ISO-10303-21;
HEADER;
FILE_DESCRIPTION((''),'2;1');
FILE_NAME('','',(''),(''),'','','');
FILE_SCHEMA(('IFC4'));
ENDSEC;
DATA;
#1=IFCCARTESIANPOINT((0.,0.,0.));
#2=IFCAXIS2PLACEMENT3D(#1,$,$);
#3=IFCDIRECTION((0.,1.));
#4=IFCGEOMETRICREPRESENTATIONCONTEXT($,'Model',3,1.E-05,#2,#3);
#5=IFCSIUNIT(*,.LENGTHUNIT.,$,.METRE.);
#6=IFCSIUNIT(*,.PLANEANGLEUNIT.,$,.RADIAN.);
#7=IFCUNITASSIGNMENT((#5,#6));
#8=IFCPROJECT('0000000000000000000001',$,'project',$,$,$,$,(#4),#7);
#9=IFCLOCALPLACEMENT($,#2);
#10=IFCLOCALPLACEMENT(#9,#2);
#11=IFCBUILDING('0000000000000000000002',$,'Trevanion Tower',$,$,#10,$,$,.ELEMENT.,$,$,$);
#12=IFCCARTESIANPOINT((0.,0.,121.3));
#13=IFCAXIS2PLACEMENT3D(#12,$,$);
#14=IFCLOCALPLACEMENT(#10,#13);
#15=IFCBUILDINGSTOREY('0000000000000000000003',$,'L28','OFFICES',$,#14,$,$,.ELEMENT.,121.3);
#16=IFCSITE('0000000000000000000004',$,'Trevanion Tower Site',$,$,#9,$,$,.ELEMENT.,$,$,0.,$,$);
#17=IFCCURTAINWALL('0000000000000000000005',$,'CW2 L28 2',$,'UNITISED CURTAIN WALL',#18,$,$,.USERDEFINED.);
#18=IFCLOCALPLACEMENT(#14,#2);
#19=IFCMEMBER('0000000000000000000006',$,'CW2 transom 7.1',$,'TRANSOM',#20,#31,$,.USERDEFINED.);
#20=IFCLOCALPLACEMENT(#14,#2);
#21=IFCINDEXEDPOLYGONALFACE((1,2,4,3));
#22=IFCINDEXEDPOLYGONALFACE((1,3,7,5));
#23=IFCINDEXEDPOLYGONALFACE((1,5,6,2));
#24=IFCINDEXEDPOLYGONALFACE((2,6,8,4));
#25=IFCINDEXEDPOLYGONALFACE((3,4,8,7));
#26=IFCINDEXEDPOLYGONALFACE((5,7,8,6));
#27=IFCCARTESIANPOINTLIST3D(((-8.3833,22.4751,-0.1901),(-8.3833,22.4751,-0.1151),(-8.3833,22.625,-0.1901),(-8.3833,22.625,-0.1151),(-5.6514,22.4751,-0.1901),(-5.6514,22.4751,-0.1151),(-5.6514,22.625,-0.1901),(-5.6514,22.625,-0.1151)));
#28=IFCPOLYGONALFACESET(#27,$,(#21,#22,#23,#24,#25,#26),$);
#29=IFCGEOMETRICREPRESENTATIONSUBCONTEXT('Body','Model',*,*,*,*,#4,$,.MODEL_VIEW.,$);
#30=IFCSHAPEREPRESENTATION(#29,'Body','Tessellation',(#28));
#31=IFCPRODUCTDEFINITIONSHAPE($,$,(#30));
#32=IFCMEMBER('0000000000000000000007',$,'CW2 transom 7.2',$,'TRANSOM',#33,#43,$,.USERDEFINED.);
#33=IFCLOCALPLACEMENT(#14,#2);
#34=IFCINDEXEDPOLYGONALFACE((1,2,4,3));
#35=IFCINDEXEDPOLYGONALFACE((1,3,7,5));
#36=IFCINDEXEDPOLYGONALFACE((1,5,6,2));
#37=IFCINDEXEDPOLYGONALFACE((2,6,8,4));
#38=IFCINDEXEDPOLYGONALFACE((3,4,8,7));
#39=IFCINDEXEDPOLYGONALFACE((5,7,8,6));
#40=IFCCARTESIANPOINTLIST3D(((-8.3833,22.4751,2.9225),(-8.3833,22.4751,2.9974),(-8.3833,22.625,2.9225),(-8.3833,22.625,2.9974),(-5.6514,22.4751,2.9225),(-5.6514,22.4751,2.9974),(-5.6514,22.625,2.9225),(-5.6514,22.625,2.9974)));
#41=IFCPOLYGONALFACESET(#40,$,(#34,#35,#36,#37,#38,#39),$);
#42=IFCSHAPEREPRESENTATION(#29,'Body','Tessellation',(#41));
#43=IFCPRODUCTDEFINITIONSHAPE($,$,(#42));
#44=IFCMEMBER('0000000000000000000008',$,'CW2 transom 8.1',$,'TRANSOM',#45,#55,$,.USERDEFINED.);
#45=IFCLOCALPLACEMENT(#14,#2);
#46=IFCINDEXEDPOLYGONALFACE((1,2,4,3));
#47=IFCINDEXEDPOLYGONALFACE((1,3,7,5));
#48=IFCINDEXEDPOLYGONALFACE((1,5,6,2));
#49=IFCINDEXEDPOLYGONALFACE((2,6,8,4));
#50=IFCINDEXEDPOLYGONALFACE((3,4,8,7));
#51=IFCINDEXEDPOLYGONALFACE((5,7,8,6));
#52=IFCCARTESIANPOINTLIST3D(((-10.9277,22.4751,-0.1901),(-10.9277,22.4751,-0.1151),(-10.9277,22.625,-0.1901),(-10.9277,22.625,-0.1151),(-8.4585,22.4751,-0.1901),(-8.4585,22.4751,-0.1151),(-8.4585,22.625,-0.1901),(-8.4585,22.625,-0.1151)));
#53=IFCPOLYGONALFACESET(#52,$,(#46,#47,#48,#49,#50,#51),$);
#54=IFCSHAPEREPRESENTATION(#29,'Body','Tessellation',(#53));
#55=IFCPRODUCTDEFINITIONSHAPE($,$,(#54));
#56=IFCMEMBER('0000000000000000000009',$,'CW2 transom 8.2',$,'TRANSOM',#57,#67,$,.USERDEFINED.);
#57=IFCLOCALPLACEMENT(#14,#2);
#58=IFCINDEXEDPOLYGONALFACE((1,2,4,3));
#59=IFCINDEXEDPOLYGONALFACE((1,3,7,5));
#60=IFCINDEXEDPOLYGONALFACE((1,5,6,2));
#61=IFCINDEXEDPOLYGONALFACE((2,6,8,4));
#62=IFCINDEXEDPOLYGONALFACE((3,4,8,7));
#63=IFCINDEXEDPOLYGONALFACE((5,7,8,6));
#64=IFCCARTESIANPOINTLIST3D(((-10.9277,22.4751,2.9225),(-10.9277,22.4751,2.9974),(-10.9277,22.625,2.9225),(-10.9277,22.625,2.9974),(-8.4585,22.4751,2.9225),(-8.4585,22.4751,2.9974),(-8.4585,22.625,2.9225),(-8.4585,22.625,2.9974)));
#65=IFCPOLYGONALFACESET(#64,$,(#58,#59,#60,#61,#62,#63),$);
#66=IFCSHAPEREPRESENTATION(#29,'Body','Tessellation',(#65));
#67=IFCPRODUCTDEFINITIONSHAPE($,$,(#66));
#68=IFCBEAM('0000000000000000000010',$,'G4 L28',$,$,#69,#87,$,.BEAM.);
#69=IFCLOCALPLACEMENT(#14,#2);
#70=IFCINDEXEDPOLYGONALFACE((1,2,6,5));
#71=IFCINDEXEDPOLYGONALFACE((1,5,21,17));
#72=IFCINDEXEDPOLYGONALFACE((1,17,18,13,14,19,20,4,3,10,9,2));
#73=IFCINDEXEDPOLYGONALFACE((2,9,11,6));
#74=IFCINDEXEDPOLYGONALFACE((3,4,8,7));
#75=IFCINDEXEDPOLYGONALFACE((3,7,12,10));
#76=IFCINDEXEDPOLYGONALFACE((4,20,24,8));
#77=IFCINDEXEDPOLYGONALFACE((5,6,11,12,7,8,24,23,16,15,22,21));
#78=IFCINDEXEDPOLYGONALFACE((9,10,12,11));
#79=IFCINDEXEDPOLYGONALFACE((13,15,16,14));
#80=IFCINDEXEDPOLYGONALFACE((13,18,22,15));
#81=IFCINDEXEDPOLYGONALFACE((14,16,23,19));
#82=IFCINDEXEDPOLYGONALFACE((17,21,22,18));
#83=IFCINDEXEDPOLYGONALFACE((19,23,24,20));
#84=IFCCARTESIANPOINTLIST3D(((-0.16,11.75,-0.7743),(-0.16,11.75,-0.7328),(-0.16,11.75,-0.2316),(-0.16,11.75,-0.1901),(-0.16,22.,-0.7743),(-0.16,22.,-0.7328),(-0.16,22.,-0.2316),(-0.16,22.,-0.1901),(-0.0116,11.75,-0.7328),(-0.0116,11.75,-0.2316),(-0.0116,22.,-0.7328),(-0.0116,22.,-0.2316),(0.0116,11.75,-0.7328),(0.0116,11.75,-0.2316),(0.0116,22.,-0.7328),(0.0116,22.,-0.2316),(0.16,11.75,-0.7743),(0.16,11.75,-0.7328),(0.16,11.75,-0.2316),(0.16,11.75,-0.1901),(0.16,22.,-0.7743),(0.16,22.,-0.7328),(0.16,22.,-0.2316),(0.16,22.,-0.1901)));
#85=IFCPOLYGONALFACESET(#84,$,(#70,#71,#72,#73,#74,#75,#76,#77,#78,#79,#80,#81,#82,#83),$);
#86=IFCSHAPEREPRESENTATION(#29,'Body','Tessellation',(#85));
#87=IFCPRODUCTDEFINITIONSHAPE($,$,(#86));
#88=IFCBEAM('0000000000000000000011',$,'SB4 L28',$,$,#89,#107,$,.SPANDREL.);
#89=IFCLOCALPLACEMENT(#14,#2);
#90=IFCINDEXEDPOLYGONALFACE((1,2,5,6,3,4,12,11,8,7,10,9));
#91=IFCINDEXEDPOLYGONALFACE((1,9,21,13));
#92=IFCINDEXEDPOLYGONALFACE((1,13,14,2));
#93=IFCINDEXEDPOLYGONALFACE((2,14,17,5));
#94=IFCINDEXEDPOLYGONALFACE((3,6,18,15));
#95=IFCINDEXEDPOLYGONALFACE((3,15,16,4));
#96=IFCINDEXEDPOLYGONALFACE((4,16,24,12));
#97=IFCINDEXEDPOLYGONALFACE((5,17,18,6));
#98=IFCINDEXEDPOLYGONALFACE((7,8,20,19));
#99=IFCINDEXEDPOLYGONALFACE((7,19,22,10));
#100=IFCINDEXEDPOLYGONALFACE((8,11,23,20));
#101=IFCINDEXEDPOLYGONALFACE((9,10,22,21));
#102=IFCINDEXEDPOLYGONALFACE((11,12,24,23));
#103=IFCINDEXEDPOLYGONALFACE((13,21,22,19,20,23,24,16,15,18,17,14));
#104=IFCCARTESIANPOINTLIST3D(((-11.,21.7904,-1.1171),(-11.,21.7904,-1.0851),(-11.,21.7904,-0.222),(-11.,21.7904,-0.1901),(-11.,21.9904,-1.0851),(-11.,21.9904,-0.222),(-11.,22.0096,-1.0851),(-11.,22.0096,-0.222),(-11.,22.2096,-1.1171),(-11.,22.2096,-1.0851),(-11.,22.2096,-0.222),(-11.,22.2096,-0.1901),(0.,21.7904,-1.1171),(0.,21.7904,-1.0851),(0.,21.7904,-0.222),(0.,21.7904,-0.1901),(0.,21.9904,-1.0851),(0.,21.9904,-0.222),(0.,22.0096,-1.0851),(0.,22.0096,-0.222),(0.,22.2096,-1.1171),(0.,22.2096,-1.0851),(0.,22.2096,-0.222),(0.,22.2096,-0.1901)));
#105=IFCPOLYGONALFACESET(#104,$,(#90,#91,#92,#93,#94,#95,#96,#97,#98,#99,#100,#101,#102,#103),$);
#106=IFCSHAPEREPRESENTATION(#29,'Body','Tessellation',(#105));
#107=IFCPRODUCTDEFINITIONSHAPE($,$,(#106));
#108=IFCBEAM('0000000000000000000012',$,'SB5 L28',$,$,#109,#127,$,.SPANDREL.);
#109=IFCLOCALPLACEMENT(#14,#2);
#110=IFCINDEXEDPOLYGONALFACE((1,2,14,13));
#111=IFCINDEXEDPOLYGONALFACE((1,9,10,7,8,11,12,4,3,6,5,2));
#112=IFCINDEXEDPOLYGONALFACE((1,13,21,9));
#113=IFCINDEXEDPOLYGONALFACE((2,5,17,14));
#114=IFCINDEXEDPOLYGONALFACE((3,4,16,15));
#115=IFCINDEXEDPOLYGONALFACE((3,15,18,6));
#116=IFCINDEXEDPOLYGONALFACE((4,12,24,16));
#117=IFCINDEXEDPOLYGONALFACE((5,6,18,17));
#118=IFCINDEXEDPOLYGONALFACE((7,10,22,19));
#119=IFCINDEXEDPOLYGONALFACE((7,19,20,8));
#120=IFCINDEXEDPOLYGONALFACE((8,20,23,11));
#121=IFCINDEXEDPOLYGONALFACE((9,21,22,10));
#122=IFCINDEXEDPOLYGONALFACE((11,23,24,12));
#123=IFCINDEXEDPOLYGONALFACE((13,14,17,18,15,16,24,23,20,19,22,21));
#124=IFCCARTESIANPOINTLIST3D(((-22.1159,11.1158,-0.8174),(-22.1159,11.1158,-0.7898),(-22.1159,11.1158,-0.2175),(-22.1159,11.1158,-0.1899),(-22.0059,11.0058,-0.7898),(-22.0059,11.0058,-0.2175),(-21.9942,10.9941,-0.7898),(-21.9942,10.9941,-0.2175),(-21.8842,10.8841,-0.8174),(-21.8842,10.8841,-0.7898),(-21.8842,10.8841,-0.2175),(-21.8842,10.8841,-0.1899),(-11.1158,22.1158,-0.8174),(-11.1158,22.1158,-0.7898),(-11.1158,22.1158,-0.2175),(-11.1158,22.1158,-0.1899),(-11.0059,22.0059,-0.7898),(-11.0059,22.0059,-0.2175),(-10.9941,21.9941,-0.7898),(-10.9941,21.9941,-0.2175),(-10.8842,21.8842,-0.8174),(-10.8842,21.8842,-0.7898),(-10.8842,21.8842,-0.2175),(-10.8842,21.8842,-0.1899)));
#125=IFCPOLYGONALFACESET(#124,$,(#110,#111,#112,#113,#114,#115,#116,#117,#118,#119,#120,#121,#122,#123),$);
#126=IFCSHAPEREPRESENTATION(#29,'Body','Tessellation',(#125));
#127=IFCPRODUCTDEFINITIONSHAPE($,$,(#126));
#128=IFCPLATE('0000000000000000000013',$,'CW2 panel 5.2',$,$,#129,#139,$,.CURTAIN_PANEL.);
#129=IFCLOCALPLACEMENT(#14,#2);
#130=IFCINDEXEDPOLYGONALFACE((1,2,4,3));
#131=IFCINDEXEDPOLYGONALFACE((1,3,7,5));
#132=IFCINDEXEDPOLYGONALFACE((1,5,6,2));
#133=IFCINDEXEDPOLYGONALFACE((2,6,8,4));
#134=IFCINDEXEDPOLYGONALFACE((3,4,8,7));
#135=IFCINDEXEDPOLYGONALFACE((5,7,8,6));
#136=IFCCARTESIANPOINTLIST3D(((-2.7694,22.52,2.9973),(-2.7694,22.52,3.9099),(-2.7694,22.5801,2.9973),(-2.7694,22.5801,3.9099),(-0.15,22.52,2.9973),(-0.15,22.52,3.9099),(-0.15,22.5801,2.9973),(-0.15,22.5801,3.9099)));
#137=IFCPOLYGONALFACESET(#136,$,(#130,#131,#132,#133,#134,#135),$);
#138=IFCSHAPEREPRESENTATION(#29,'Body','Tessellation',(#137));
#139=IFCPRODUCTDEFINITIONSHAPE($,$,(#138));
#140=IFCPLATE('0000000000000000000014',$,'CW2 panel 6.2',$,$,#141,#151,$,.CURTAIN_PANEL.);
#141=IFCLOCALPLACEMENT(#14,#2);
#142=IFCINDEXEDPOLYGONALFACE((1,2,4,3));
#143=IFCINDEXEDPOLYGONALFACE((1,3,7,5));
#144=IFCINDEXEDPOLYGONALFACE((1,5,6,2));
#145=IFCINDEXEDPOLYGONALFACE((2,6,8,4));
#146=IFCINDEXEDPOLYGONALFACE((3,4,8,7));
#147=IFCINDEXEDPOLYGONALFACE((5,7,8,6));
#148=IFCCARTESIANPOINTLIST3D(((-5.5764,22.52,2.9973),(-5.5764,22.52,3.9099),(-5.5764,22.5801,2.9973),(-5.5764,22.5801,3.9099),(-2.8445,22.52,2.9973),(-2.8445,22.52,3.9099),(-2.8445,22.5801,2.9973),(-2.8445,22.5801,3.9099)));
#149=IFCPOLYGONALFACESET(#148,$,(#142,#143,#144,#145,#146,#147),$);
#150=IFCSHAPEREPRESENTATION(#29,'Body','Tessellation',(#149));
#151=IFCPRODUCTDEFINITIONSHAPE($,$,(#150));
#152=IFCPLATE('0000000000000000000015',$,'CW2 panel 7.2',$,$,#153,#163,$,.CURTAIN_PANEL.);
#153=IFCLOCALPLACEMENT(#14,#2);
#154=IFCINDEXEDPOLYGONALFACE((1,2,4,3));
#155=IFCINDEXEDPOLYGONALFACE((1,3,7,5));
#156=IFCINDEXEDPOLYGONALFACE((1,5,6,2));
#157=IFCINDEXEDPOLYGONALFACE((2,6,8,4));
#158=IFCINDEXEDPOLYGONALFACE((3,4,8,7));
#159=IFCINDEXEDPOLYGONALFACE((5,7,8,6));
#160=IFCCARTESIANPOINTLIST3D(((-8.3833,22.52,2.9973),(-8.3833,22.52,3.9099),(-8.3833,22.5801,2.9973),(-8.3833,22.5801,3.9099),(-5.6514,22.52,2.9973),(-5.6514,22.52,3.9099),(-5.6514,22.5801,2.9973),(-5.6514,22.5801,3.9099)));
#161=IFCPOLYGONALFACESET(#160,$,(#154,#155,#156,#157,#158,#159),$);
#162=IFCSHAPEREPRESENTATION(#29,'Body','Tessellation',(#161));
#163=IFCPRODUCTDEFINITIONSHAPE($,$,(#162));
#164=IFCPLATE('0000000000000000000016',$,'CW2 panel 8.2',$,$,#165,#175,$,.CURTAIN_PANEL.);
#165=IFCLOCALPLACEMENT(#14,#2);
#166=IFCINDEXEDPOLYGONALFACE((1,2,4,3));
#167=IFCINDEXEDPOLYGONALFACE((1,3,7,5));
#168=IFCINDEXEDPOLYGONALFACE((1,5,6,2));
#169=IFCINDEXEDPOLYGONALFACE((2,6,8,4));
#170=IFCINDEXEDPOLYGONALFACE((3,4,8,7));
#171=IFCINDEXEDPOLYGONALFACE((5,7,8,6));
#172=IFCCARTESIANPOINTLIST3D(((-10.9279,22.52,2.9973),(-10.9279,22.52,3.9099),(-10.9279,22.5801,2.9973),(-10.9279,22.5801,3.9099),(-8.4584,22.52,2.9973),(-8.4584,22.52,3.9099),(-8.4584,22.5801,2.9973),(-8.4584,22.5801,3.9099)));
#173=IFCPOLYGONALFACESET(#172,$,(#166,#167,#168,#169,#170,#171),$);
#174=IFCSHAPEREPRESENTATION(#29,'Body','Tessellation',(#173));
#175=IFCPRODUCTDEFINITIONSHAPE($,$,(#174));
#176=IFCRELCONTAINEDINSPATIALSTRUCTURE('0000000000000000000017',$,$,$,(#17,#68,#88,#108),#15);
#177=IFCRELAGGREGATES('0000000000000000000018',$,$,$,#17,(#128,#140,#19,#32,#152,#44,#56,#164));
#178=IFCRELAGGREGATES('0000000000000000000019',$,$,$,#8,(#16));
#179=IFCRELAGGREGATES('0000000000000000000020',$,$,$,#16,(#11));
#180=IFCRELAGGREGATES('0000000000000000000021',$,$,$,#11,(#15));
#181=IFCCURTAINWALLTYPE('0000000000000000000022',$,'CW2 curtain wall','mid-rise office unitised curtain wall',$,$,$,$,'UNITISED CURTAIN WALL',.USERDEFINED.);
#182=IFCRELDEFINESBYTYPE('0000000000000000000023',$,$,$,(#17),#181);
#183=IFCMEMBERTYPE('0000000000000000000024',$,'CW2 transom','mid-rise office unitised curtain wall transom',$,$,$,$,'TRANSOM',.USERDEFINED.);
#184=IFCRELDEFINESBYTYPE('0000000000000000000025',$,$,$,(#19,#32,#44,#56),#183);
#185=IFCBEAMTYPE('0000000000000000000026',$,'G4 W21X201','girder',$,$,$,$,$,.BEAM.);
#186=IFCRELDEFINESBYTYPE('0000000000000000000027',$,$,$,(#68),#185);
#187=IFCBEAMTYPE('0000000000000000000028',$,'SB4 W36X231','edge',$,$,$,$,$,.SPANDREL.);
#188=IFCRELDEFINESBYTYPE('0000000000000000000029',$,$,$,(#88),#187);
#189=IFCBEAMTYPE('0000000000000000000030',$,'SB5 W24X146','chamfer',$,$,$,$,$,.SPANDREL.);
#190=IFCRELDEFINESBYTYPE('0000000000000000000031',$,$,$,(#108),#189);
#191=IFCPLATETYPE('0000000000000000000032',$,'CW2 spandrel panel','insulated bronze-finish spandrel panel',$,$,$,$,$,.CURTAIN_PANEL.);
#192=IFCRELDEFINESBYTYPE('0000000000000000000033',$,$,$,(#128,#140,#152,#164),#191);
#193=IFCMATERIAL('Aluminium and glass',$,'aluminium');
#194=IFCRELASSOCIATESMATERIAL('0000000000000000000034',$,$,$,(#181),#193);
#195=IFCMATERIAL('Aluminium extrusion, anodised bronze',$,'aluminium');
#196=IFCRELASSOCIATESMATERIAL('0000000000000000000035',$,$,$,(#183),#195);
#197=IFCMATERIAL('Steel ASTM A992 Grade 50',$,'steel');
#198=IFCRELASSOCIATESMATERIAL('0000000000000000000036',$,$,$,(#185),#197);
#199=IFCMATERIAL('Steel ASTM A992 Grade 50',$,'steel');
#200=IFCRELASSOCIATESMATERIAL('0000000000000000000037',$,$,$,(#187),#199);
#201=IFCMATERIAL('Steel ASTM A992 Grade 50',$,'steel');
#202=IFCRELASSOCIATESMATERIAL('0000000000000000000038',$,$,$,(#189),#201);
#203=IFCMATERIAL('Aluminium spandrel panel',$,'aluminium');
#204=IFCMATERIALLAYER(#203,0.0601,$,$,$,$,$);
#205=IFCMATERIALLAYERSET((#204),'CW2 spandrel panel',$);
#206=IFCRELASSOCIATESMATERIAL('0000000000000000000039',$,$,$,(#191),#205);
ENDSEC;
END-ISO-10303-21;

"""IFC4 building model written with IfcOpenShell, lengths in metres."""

from ifc_helpers import new_model, si_unit, direction, frame, origin, origin_2d, place, context, subcontext, project, spatial, rectangle, i_section, extrude, material, layer, layer_set, material_profile, profile_set, type_object, element, aggregate, save


model = new_model("IFC4")

# Units and contexts
model_context = context("Model", 3, precision=1e-05, world=origin(), true_north=direction((0.0, 1.0)))
body_context = subcontext(model_context, "Body", "Model", "MODEL_VIEW")
ifc_project = project(units=[si_unit("LENGTHUNIT", "METRE"), si_unit("PLANEANGLEUNIT", "RADIAN")], contexts=[model_context])

# Site, building, storey
site_placement = place(None, origin())
site = spatial("IfcSite", under=ifc_project, at=site_placement, Name="Trevanion Tower Site", CompositionType="ELEMENT", RefElevation=0.0)
building_placement = place(site_placement, origin())
building = spatial("IfcBuilding", under=site, at=building_placement, Name="Trevanion Tower", CompositionType="ELEMENT")
storey_placement = place(building_placement, frame((0.0, 0.0, 121.3)))
storey = spatial("IfcBuildingStorey", under=building, at=storey_placement, Name="L28", Description="OFFICES", CompositionType="ELEMENT", Elevation=121.3)

# Curtain wall
ifc_material_1 = material(Name="Aluminium and glass", Category="aluminium")
curtain_wall_type = type_object("IfcCurtainWallType", Name="CW2 curtain wall", Description="mid-rise office unitised curtain wall", ElementType="UNITISED CURTAIN WALL", PredefinedType="USERDEFINED", material=ifc_material_1)
curtain_wall_1_placement = place(storey_placement, origin())
curtain_wall_1 = element("IfcCurtainWall", 1, at=curtain_wall_1_placement, inside=storey, type_object=curtain_wall_type, Name="CW2 L28 2", ObjectType="UNITISED CURTAIN WALL", PredefinedType="USERDEFINED")

# Members
ifc_material_2 = material(Name="Aluminium extrusion, anodised bronze", Category="aluminium")
ifc_material_profile_1 = material_profile(ifc_material_2, rectangle(XDim=0.1499, YDim=0.075, at=origin_2d()), Name="CW2 transom")
ifc_profile_set_1 = profile_set([ifc_material_profile_1], Name="Aluminium extrusion, anodised bronze")
member_type_1 = type_object("IfcMemberType", Name="CW2 transom", Description="mid-rise office unitised curtain wall transom", ElementType="TRANSOM", PredefinedType="USERDEFINED", material=ifc_profile_set_1)
member_1_placement = place(storey_placement, frame((-5.6514, 22.55, -0.1526), z_axis=(-1.0, 0.0, 0.0), x_axis=(0.0, -1.0, 0.0)))
member_1 = element("IfcMember", 2, at=member_1_placement, type_object=member_type_1, Name="CW2 transom 7.1", ObjectType="TRANSOM", PredefinedType="USERDEFINED", context=body_context, shape_type="SweptSolid", body=[
    extrude(rectangle(XDim=0.1499, YDim=0.075, at=origin_2d()), origin(), (0.0, 0.0, 1.0), 2.7319),
])
member_2_placement = place(storey_placement, frame((-5.6514, 22.55, 2.96), z_axis=(-1.0, 0.0, 0.0), x_axis=(0.0, -1.0, 0.0)))
member_2 = element("IfcMember", 3, at=member_2_placement, type_object=member_type_1, Name="CW2 transom 7.2", ObjectType="TRANSOM", PredefinedType="USERDEFINED", context=body_context, shape_type="SweptSolid", body=[
    extrude(rectangle(XDim=0.1499, YDim=0.075, at=origin_2d()), origin(), (0.0, 0.0, 1.0), 2.7319),
])
member_3_placement = place(storey_placement, frame((-8.4585, 22.55, -0.1526), z_axis=(-1.0, 0.0, 0.0), x_axis=(0.0, -1.0, 0.0)))
member_3 = element("IfcMember", 4, at=member_3_placement, type_object=member_type_1, Name="CW2 transom 8.1", ObjectType="TRANSOM", PredefinedType="USERDEFINED", context=body_context, shape_type="SweptSolid", body=[
    extrude(rectangle(XDim=0.1499, YDim=0.075, at=origin_2d()), origin(), (0.0, 0.0, 1.0), 2.4692),
])
member_4_placement = place(storey_placement, frame((-8.4585, 22.55, 2.96), z_axis=(-1.0, 0.0, 0.0), x_axis=(0.0, -1.0, 0.0)))
member_4 = element("IfcMember", 5, at=member_4_placement, type_object=member_type_1, Name="CW2 transom 8.2", ObjectType="TRANSOM", PredefinedType="USERDEFINED", context=body_context, shape_type="SweptSolid", body=[
    extrude(rectangle(XDim=0.1499, YDim=0.075, at=origin_2d()), origin(), (0.0, 0.0, 1.0), 2.4692),
])

# Beams
ifc_material_3 = material(Name="Steel ASTM A992 Grade 50", Category="steel")
ifc_material_profile_2 = material_profile(ifc_material_3, i_section(OverallWidth=0.3201, OverallDepth=0.5842, WebThickness=0.0232, FlangeThickness=0.0415, at=origin_2d()), Name="W21X201")
ifc_profile_set_2 = profile_set([ifc_material_profile_2], Name="Steel ASTM A992 Grade 50")
beam_type_1 = type_object("IfcBeamType", Name="G4 W21X201", Description="girder", PredefinedType="BEAM", material=ifc_profile_set_2)
beam_1_placement = place(storey_placement, frame((0.0, 11.75, -0.4822), z_axis=(0.0, 1.0, 0.0), x_axis=(-1.0, 0.0, 0.0)))
element("IfcBeam", 6, at=beam_1_placement, inside=storey, type_object=beam_type_1, Name="G4 L28", PredefinedType="BEAM", context=body_context, shape_type="SweptSolid", body=[
    extrude(i_section(OverallWidth=0.3201, OverallDepth=0.5842, WebThickness=0.0232, FlangeThickness=0.0415, at=origin_2d()), origin(), (0.0, 0.0, 1.0), 10.25),
])
ifc_material_4 = material(Name="Steel ASTM A992 Grade 50", Category="steel")
ifc_material_profile_3 = material_profile(ifc_material_4, i_section(OverallWidth=0.4192, OverallDepth=0.927, WebThickness=0.0193, FlangeThickness=0.032, at=origin_2d()), Name="W36X231")
ifc_profile_set_3 = profile_set([ifc_material_profile_3], Name="Steel ASTM A992 Grade 50")
beam_type_2 = type_object("IfcBeamType", Name="SB4 W36X231", Description="edge", PredefinedType="SPANDREL", material=ifc_profile_set_3)
beam_2_placement = place(storey_placement, frame((0.0, 22.0, -0.6536), z_axis=(-1.0, 0.0, 0.0), x_axis=(0.0, -1.0, 0.0)))
element("IfcBeam", 7, at=beam_2_placement, inside=storey, type_object=beam_type_2, Name="SB4 L28", PredefinedType="SPANDREL", context=body_context, shape_type="SweptSolid", body=[
    extrude(i_section(OverallWidth=0.4192, OverallDepth=0.927, WebThickness=0.0193, FlangeThickness=0.032, at=origin_2d()), origin(), (0.0, 0.0, 1.0), 11.0),
])
ifc_material_5 = material(Name="Steel ASTM A992 Grade 50", Category="steel")
ifc_material_profile_4 = material_profile(ifc_material_5, i_section(OverallWidth=0.3276, OverallDepth=0.6274, WebThickness=0.0166, FlangeThickness=0.0276, at=origin_2d()), Name="W24X146")
ifc_profile_set_4 = profile_set([ifc_material_profile_4], Name="Steel ASTM A992 Grade 50")
beam_type_3 = type_object("IfcBeamType", Name="SB5 W24X146", Description="chamfer", PredefinedType="SPANDREL", material=ifc_profile_set_4)
beam_3_placement = place(storey_placement, frame((-11.0, 22.0, -0.5037), z_axis=(-0.707107, -0.707107, 0.0), x_axis=(0.707107, -0.707107, 0.0)))
element("IfcBeam", 8, at=beam_3_placement, inside=storey, type_object=beam_type_3, Name="SB5 L28", PredefinedType="SPANDREL", context=body_context, shape_type="SweptSolid", body=[
    extrude(i_section(OverallWidth=0.3276, OverallDepth=0.6274, WebThickness=0.0166, FlangeThickness=0.0276, at=origin_2d()), origin(), (0.0, 0.0, 1.0), 15.5564),
])

# Plates
ifc_material_6 = material(Name="Aluminium spandrel panel", Category="aluminium")
ifc_layer_1 = layer(ifc_material_6, 0.0601)
ifc_layer_set_1 = layer_set([ifc_layer_1], Name="CW2 spandrel panel")
plate_type_1 = type_object("IfcPlateType", Name="CW2 spandrel panel", Description="insulated bronze-finish spandrel panel", PredefinedType="CURTAIN_PANEL", material=ifc_layer_set_1)
plate_1_placement = place(storey_placement, frame((-1.4597, 22.55, 2.9973), z_axis=(0.0, 0.0, 1.0), x_axis=(-1.0, 0.0, 0.0)))
plate_1 = element("IfcPlate", 9, at=plate_1_placement, type_object=plate_type_1, Name="CW2 panel 5.2", PredefinedType="CURTAIN_PANEL", context=body_context, shape_type="SweptSolid", body=[
    extrude(rectangle(XDim=2.6194, YDim=0.0601, at=origin_2d()), origin(), (0.0, 0.0, 1.0), 0.9126),
])
plate_2_placement = place(storey_placement, frame((-4.2104, 22.55, 2.9973), z_axis=(0.0, 0.0, 1.0), x_axis=(-1.0, 0.0, 0.0)))
plate_2 = element("IfcPlate", 10, at=plate_2_placement, type_object=plate_type_1, Name="CW2 panel 6.2", PredefinedType="CURTAIN_PANEL", context=body_context, shape_type="SweptSolid", body=[
    extrude(rectangle(XDim=2.7319, YDim=0.0601, at=origin_2d()), origin(), (0.0, 0.0, 1.0), 0.9126),
])
plate_3_placement = place(storey_placement, frame((-7.0173, 22.55, 2.9973), z_axis=(0.0, 0.0, 1.0), x_axis=(-1.0, 0.0, 0.0)))
plate_3 = element("IfcPlate", 11, at=plate_3_placement, type_object=plate_type_1, Name="CW2 panel 7.2", PredefinedType="CURTAIN_PANEL", context=body_context, shape_type="SweptSolid", body=[
    extrude(rectangle(XDim=2.7319, YDim=0.0601, at=origin_2d()), origin(), (0.0, 0.0, 1.0), 0.9126),
])
plate_4_placement = place(storey_placement, frame((-9.6931, 22.55, 2.9973), z_axis=(0.0, 0.0, 1.0), x_axis=(-1.0, 0.0, 0.0)))
plate_4 = element("IfcPlate", 12, at=plate_4_placement, type_object=plate_type_1, Name="CW2 panel 8.2", PredefinedType="CURTAIN_PANEL", context=body_context, shape_type="SweptSolid", body=[
    extrude(rectangle(XDim=2.4695, YDim=0.0601, at=origin_2d()), origin(), (0.0, 0.0, 1.0), 0.9126),
])
aggregate(curtain_wall_1, [plate_1, plate_2, member_1, member_2, plate_3, member_3, member_4, plate_4])

save(model, "model.ifc")
